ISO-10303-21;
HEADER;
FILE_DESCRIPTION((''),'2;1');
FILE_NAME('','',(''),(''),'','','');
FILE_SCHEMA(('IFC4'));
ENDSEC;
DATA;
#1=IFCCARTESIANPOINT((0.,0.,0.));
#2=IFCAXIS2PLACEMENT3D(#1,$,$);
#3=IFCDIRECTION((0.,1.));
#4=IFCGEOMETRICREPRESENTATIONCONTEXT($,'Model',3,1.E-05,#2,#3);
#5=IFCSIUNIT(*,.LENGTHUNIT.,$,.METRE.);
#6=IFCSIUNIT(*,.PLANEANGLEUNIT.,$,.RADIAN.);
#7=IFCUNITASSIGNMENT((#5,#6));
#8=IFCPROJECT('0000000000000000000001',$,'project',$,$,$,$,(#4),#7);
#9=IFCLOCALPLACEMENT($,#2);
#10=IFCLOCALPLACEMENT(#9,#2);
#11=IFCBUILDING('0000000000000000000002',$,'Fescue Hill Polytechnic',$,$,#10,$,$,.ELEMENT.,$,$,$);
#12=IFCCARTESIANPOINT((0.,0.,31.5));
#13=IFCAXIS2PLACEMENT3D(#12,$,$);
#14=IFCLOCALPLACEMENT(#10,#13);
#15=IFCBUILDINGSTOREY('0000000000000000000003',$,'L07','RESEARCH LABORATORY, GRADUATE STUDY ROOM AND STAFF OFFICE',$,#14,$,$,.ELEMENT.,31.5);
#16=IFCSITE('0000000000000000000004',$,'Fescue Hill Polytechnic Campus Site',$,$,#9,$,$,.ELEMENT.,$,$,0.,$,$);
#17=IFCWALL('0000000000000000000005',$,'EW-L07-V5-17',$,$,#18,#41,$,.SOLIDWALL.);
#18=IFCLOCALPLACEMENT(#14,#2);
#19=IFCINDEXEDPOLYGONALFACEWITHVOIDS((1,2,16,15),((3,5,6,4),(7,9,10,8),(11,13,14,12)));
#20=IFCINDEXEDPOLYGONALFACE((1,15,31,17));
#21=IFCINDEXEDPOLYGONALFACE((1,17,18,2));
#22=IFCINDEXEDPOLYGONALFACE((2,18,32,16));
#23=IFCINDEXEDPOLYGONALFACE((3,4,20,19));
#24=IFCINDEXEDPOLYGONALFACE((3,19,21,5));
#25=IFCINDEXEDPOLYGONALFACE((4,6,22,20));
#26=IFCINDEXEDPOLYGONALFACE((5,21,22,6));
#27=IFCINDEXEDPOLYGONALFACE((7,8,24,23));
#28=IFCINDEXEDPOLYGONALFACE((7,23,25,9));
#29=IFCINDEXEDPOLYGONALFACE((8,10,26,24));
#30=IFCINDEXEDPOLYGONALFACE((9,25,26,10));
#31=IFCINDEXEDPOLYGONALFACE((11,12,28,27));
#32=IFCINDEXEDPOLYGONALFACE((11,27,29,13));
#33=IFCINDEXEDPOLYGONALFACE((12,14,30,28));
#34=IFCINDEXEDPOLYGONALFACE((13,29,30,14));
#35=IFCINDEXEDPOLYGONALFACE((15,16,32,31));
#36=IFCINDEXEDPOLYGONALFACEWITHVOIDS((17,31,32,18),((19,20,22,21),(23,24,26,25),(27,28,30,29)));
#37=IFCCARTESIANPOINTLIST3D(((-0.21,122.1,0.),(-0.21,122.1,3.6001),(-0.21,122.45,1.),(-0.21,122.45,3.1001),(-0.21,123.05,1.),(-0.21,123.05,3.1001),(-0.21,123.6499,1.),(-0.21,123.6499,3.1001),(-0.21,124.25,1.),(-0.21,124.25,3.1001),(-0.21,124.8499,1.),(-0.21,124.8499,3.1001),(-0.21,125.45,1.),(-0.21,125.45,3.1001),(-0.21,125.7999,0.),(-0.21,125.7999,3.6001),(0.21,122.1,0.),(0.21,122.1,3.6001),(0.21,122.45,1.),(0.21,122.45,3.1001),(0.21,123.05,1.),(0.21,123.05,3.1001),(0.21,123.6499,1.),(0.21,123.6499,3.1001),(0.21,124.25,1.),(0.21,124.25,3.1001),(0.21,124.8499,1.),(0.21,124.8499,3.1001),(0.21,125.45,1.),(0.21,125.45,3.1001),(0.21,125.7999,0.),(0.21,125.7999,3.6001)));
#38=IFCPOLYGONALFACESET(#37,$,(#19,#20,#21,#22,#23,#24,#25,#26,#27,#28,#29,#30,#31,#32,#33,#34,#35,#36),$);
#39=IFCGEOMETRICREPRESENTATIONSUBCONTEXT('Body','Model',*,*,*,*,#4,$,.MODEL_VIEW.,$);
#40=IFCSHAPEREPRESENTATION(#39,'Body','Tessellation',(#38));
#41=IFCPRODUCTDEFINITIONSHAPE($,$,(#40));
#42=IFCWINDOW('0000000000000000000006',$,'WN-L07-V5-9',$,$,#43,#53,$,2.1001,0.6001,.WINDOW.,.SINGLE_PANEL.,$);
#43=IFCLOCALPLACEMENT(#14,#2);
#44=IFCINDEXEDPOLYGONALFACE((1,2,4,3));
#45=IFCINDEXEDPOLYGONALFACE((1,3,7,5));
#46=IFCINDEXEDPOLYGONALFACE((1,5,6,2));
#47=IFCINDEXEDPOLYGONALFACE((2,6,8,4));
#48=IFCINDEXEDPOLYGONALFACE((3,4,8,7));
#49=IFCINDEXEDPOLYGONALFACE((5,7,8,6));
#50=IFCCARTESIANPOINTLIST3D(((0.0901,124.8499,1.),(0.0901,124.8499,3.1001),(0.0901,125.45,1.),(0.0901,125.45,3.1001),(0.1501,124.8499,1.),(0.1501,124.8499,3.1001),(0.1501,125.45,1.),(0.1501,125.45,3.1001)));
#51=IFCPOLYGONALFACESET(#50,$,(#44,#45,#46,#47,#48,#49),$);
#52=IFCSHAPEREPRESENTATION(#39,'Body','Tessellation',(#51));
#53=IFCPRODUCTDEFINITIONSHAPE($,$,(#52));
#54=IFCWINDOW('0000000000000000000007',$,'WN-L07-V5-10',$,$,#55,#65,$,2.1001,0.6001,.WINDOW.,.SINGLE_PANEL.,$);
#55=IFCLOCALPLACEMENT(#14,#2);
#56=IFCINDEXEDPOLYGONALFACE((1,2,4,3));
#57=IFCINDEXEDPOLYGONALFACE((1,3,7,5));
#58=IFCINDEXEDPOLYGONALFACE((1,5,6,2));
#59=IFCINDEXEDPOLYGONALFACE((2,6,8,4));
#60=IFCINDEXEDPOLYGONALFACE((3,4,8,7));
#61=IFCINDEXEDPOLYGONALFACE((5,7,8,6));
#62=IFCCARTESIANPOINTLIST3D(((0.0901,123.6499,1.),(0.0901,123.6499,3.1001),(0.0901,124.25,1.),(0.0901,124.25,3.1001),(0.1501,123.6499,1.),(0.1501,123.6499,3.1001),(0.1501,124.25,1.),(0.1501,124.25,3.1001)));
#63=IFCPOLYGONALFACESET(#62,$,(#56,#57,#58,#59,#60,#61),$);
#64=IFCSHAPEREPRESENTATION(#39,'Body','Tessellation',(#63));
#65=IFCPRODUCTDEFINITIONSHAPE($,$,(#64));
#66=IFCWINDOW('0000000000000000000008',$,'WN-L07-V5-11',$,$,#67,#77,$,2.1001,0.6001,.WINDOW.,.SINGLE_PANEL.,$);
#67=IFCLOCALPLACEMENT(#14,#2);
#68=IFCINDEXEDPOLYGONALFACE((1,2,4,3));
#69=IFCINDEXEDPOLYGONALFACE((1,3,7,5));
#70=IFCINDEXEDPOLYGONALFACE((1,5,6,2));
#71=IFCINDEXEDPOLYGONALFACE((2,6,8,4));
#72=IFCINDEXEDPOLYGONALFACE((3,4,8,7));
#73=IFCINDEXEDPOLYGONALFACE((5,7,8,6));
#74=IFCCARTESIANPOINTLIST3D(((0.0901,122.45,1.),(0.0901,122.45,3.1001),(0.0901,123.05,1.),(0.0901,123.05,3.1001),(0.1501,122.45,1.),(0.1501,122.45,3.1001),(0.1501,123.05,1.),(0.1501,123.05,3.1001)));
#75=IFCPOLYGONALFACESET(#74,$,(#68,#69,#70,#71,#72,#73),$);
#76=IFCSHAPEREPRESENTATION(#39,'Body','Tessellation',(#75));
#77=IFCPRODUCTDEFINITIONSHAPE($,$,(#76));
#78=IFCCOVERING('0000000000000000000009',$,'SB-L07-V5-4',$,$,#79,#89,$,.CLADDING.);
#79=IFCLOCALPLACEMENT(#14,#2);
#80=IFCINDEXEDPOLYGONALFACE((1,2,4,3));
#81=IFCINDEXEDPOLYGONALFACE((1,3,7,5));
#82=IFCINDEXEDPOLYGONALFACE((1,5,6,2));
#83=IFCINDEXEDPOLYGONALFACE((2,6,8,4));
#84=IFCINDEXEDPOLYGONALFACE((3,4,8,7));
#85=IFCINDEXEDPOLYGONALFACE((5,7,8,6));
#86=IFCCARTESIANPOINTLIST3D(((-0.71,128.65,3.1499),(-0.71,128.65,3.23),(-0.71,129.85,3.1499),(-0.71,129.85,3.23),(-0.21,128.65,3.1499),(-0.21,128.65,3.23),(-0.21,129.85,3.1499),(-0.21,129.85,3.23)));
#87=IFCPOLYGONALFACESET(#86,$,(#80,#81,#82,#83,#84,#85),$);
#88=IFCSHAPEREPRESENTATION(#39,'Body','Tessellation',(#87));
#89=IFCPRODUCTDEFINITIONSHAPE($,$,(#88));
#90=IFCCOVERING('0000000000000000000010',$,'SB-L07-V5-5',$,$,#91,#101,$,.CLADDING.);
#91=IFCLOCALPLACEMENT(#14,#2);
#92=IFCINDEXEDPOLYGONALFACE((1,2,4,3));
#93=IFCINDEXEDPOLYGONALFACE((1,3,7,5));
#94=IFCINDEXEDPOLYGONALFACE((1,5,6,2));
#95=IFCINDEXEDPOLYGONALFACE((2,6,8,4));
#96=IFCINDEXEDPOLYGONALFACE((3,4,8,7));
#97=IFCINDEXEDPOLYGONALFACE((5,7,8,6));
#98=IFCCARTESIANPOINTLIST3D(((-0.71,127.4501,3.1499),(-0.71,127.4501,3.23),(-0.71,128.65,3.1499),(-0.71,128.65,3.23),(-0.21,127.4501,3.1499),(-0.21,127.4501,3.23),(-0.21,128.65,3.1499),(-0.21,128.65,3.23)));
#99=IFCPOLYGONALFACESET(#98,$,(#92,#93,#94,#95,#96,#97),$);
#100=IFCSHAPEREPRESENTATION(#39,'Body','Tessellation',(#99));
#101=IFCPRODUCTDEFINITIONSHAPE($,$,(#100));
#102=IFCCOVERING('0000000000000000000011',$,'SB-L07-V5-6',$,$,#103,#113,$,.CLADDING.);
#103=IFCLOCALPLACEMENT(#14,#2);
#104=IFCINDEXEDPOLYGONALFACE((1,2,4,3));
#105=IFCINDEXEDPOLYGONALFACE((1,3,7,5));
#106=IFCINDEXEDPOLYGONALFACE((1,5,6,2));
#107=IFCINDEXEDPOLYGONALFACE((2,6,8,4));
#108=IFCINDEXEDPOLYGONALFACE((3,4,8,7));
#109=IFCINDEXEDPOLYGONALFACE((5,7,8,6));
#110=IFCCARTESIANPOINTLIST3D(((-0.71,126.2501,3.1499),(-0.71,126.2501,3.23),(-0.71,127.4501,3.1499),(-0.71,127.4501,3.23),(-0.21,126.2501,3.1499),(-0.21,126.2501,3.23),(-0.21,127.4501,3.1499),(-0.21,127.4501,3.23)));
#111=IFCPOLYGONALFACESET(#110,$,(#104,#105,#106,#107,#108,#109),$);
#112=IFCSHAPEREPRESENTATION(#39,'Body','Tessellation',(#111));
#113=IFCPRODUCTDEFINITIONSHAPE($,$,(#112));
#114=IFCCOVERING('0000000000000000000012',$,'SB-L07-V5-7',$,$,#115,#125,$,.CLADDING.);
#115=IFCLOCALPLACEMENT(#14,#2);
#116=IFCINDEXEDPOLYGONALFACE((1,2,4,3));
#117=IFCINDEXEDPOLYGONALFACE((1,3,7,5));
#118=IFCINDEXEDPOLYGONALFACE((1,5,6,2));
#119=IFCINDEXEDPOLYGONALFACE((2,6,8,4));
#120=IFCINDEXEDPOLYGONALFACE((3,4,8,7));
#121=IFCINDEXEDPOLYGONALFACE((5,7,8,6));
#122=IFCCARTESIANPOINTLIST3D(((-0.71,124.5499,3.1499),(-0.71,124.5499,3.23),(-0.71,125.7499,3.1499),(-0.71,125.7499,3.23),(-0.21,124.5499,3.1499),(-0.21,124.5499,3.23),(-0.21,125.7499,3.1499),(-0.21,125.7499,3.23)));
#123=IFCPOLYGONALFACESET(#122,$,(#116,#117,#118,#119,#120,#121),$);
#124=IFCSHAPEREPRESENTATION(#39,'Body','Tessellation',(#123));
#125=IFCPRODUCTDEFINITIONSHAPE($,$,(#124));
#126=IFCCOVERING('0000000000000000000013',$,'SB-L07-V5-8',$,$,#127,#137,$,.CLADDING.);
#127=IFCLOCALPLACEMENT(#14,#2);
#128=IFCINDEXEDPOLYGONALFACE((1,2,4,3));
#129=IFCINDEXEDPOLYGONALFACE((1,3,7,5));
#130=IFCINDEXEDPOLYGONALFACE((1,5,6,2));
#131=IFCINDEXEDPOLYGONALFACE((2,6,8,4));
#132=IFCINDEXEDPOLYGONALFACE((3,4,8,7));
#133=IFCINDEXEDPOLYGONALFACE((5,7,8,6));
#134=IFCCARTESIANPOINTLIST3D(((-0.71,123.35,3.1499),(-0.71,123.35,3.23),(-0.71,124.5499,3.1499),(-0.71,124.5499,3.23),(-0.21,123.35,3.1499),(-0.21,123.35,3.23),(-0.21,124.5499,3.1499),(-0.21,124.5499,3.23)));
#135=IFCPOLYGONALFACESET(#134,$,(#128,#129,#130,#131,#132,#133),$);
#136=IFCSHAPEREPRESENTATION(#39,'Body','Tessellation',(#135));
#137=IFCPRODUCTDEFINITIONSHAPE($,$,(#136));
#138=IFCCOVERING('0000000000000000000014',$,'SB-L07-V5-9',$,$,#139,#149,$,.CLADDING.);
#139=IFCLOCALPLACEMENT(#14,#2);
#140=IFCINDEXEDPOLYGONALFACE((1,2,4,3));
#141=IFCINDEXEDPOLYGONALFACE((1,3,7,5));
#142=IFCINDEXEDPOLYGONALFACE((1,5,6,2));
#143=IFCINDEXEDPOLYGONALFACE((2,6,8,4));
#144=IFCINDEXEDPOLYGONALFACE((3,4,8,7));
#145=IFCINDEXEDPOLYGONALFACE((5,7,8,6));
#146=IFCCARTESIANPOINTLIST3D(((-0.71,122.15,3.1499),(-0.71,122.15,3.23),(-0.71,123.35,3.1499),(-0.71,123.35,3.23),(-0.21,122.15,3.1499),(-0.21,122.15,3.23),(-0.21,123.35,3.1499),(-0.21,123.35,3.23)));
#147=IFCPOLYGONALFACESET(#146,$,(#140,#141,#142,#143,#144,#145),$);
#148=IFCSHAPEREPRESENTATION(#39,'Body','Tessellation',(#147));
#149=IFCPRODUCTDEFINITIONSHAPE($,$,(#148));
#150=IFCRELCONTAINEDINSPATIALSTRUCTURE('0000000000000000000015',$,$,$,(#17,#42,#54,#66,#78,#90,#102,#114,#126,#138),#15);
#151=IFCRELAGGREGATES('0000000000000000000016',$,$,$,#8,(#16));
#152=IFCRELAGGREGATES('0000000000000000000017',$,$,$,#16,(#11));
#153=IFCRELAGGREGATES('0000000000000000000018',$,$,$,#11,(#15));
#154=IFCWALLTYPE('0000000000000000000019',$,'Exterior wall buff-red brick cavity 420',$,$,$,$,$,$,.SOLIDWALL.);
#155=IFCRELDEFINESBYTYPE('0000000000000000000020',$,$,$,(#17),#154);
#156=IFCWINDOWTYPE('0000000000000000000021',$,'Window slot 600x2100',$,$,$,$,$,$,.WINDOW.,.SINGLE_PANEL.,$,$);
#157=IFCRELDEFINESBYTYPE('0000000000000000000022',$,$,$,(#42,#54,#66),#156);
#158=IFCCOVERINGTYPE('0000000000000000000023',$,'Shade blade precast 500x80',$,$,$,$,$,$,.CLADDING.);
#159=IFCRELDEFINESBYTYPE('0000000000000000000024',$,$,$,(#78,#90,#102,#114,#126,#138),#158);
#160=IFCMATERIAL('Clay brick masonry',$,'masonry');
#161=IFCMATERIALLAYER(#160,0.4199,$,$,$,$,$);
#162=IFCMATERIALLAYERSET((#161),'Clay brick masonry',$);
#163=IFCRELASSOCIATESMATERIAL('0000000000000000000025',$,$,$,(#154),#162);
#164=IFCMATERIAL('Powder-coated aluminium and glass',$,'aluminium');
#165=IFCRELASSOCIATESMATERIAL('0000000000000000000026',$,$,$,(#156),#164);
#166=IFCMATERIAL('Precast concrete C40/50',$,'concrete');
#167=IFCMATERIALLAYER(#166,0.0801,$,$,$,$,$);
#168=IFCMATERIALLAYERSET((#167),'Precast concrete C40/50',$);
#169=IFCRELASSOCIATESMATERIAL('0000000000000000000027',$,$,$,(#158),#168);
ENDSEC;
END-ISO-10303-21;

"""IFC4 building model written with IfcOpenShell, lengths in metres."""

from ifc_helpers import new_model, si_unit, direction, frame, frame_2d, origin, origin_2d, place, context, subcontext, project, spatial, rectangle, extrude, material, layer, layer_set, type_object, element, fill, save


model = new_model("IFC4")

# Units and contexts
model_context = context("Model", 3, precision=1e-05, world=origin(), true_north=direction((0.0, 1.0)))
body_context = subcontext(model_context, "Body", "Model", "MODEL_VIEW")
ifc_project = project(units=[si_unit("LENGTHUNIT", "METRE"), si_unit("PLANEANGLEUNIT", "RADIAN")], contexts=[model_context])

# Site, building, storey
site_placement = place(None, origin())
site = spatial("IfcSite", under=ifc_project, at=site_placement, Name="Fescue Hill Polytechnic Campus Site", CompositionType="ELEMENT", RefElevation=0.0)
building_placement = place(site_placement, origin())
building = spatial("IfcBuilding", under=site, at=building_placement, Name="Fescue Hill Polytechnic", CompositionType="ELEMENT")
storey_placement = place(building_placement, frame((0.0, 0.0, 31.5)))
storey = spatial("IfcBuildingStorey", under=building, at=storey_placement, Name="L07", Description="RESEARCH LABORATORY, GRADUATE STUDY ROOM AND STAFF OFFICE", CompositionType="ELEMENT", Elevation=31.5)

# Shared definitions
ifc_material_1 = material(Name="Clay brick masonry", Category="masonry")

# Wall, openings, windows
ifc_layer_1 = layer(ifc_material_1, 0.4199)
ifc_layer_set_1 = layer_set([ifc_layer_1], Name="Clay brick masonry")
wall_type_1 = type_object("IfcWallType", Name="Exterior wall buff-red brick cavity 420", PredefinedType="SOLIDWALL", material=ifc_layer_set_1)
wall_1_placement = place(storey_placement, frame((0.0, 125.8, 0.0), z_axis=(0.0, 0.0, 1.0), x_axis=(0.0, -1.0, 0.0)))
wall_1 = element("IfcWall", 1, at=wall_1_placement, inside=storey, type_object=wall_type_1, Name="EW-L07-V5-17", PredefinedType="SOLIDWALL", context=body_context, shape_type="SweptSolid", body=[
    extrude(rectangle(XDim=3.7, YDim=0.4199, at=frame_2d((1.8501, 0.0))), origin(), (0.0, 0.0, 1.0), 3.6001),
])
opening_1_placement = place(wall_1_placement, frame((0.3501, 0.0, 1.0)))
opening_1 = element("IfcOpeningElement", 2, at=opening_1_placement, cuts=wall_1, PredefinedType="OPENING", context=body_context, shape_type="SweptSolid", body=[
    extrude(rectangle(XDim=0.6001, YDim=2.1001, at=frame_2d((0.3, 1.05))), frame((0.0, 0.22, 0.0), z_axis=(0.0, -1.0, 0.0), x_axis=(1.0, 0.0, 0.0)), (0.0, 0.0, 1.0), 0.4399),
])
opening_2_placement = place(wall_1_placement, frame((1.55, 0.0, 1.0)))
opening_2 = element("IfcOpeningElement", 3, at=opening_2_placement, cuts=wall_1, PredefinedType="OPENING", context=body_context, shape_type="SweptSolid", body=[
    extrude(rectangle(XDim=0.6001, YDim=2.1001, at=frame_2d((0.3, 1.05))), frame((0.0, 0.22, 0.0), z_axis=(0.0, -1.0, 0.0), x_axis=(1.0, 0.0, 0.0)), (0.0, 0.0, 1.0), 0.4399),
])
opening_3_placement = place(wall_1_placement, frame((2.75, 0.0, 1.0)))
opening_3 = element("IfcOpeningElement", 4, at=opening_3_placement, cuts=wall_1, PredefinedType="OPENING", context=body_context, shape_type="SweptSolid", body=[
    extrude(rectangle(XDim=0.6001, YDim=2.1001, at=frame_2d((0.3, 1.05))), frame((0.0, 0.22, 0.0), z_axis=(0.0, -1.0, 0.0), x_axis=(1.0, 0.0, 0.0)), (0.0, 0.0, 1.0), 0.4399),
])
ifc_material_2 = material(Name="Powder-coated aluminium and glass", Category="aluminium")
window_type = type_object("IfcWindowType", Name="Window slot 600x2100", PartitioningType="SINGLE_PANEL", PredefinedType="WINDOW", material=ifc_material_2)
window_1_placement = place(opening_1_placement, origin())
window_1 = element("IfcWindow", 5, at=window_1_placement, inside=storey, type_object=window_type, Name="WN-L07-V5-9", OverallHeight=2.1001, OverallWidth=0.6001, PartitioningType="SINGLE_PANEL", PredefinedType="WINDOW", context=body_context, shape_type="SweptSolid", body=[
    extrude(rectangle(XDim=0.6001, YDim=2.1001, at=frame_2d((0.3, 1.05))), frame((0.0, 0.1501, 0.0), z_axis=(0.0, -1.0, 0.0), x_axis=(1.0, 0.0, 0.0)), (0.0, 0.0, 1.0), 0.0601),
])
fill(opening_1, window_1)
window_2_placement = place(opening_2_placement, origin())
window_2 = element("IfcWindow", 6, at=window_2_placement, inside=storey, type_object=window_type, Name="WN-L07-V5-10", OverallHeight=2.1001, OverallWidth=0.6001, PartitioningType="SINGLE_PANEL", PredefinedType="WINDOW", context=body_context, shape_type="SweptSolid", body=[
    extrude(rectangle(XDim=0.6001, YDim=2.1001, at=frame_2d((0.3, 1.05))), frame((0.0, 0.1501, 0.0), z_axis=(0.0, -1.0, 0.0), x_axis=(1.0, 0.0, 0.0)), (0.0, 0.0, 1.0), 0.0601),
])
fill(opening_2, window_2)
window_3_placement = place(opening_3_placement, origin())
window_3 = element("IfcWindow", 7, at=window_3_placement, inside=storey, type_object=window_type, Name="WN-L07-V5-11", OverallHeight=2.1001, OverallWidth=0.6001, PartitioningType="SINGLE_PANEL", PredefinedType="WINDOW", context=body_context, shape_type="SweptSolid", body=[
    extrude(rectangle(XDim=0.6001, YDim=2.1001, at=frame_2d((0.3, 1.05))), frame((0.0, 0.1501, 0.0), z_axis=(0.0, -1.0, 0.0), x_axis=(1.0, 0.0, 0.0)), (0.0, 0.0, 1.0), 0.0601),
])
fill(opening_3, window_3)

# Coverings
ifc_material_3 = material(Name="Precast concrete C40/50", Category="concrete")
ifc_layer_2 = layer(ifc_material_3, 0.0801)
ifc_layer_set_2 = layer_set([ifc_layer_2], Name="Precast concrete C40/50")
covering_type = type_object("IfcCoveringType", Name="Shade blade precast 500x80", PredefinedType="CLADDING", material=ifc_layer_set_2)
for number, where, z_axis, x_axis, name in (
    (8, (-0.46, 129.25, 3.1499), (0.0, 0.0, 1.0), (0.0, -1.0, 0.0), "SB-L07-V5-4"),
    (9, (-0.46, 128.05, 3.1499), (0.0, 0.0, 1.0), (0.0, -1.0, 0.0), "SB-L07-V5-5"),
    (10, (-0.46, 126.8501, 3.1499), (0.0, 0.0, 1.0), (0.0, -1.0, 0.0), "SB-L07-V5-6"),
    (11, (-0.46, 125.1499, 3.1499), (0.0, 0.0, 1.0), (0.0, -1.0, 0.0), "SB-L07-V5-7"),
    (12, (-0.46, 123.95, 3.1499), (0.0, 0.0, 1.0), (0.0, -1.0, 0.0), "SB-L07-V5-8"),
    (13, (-0.46, 122.75, 3.1499), (0.0, 0.0, 1.0), (0.0, -1.0, 0.0), "SB-L07-V5-9"),
):
    element("IfcCovering", number, at=place(storey_placement, frame(where, z_axis=z_axis, x_axis=x_axis)), inside=storey, type_object=covering_type, Name=name, PredefinedType="CLADDING", context=body_context, shape_type="SweptSolid", body=[
        extrude(rectangle(XDim=1.2, YDim=0.5, at=origin_2d()), origin(), (0.0, 0.0, 1.0), 0.0801),
    ])

save(model, "model.ifc")
